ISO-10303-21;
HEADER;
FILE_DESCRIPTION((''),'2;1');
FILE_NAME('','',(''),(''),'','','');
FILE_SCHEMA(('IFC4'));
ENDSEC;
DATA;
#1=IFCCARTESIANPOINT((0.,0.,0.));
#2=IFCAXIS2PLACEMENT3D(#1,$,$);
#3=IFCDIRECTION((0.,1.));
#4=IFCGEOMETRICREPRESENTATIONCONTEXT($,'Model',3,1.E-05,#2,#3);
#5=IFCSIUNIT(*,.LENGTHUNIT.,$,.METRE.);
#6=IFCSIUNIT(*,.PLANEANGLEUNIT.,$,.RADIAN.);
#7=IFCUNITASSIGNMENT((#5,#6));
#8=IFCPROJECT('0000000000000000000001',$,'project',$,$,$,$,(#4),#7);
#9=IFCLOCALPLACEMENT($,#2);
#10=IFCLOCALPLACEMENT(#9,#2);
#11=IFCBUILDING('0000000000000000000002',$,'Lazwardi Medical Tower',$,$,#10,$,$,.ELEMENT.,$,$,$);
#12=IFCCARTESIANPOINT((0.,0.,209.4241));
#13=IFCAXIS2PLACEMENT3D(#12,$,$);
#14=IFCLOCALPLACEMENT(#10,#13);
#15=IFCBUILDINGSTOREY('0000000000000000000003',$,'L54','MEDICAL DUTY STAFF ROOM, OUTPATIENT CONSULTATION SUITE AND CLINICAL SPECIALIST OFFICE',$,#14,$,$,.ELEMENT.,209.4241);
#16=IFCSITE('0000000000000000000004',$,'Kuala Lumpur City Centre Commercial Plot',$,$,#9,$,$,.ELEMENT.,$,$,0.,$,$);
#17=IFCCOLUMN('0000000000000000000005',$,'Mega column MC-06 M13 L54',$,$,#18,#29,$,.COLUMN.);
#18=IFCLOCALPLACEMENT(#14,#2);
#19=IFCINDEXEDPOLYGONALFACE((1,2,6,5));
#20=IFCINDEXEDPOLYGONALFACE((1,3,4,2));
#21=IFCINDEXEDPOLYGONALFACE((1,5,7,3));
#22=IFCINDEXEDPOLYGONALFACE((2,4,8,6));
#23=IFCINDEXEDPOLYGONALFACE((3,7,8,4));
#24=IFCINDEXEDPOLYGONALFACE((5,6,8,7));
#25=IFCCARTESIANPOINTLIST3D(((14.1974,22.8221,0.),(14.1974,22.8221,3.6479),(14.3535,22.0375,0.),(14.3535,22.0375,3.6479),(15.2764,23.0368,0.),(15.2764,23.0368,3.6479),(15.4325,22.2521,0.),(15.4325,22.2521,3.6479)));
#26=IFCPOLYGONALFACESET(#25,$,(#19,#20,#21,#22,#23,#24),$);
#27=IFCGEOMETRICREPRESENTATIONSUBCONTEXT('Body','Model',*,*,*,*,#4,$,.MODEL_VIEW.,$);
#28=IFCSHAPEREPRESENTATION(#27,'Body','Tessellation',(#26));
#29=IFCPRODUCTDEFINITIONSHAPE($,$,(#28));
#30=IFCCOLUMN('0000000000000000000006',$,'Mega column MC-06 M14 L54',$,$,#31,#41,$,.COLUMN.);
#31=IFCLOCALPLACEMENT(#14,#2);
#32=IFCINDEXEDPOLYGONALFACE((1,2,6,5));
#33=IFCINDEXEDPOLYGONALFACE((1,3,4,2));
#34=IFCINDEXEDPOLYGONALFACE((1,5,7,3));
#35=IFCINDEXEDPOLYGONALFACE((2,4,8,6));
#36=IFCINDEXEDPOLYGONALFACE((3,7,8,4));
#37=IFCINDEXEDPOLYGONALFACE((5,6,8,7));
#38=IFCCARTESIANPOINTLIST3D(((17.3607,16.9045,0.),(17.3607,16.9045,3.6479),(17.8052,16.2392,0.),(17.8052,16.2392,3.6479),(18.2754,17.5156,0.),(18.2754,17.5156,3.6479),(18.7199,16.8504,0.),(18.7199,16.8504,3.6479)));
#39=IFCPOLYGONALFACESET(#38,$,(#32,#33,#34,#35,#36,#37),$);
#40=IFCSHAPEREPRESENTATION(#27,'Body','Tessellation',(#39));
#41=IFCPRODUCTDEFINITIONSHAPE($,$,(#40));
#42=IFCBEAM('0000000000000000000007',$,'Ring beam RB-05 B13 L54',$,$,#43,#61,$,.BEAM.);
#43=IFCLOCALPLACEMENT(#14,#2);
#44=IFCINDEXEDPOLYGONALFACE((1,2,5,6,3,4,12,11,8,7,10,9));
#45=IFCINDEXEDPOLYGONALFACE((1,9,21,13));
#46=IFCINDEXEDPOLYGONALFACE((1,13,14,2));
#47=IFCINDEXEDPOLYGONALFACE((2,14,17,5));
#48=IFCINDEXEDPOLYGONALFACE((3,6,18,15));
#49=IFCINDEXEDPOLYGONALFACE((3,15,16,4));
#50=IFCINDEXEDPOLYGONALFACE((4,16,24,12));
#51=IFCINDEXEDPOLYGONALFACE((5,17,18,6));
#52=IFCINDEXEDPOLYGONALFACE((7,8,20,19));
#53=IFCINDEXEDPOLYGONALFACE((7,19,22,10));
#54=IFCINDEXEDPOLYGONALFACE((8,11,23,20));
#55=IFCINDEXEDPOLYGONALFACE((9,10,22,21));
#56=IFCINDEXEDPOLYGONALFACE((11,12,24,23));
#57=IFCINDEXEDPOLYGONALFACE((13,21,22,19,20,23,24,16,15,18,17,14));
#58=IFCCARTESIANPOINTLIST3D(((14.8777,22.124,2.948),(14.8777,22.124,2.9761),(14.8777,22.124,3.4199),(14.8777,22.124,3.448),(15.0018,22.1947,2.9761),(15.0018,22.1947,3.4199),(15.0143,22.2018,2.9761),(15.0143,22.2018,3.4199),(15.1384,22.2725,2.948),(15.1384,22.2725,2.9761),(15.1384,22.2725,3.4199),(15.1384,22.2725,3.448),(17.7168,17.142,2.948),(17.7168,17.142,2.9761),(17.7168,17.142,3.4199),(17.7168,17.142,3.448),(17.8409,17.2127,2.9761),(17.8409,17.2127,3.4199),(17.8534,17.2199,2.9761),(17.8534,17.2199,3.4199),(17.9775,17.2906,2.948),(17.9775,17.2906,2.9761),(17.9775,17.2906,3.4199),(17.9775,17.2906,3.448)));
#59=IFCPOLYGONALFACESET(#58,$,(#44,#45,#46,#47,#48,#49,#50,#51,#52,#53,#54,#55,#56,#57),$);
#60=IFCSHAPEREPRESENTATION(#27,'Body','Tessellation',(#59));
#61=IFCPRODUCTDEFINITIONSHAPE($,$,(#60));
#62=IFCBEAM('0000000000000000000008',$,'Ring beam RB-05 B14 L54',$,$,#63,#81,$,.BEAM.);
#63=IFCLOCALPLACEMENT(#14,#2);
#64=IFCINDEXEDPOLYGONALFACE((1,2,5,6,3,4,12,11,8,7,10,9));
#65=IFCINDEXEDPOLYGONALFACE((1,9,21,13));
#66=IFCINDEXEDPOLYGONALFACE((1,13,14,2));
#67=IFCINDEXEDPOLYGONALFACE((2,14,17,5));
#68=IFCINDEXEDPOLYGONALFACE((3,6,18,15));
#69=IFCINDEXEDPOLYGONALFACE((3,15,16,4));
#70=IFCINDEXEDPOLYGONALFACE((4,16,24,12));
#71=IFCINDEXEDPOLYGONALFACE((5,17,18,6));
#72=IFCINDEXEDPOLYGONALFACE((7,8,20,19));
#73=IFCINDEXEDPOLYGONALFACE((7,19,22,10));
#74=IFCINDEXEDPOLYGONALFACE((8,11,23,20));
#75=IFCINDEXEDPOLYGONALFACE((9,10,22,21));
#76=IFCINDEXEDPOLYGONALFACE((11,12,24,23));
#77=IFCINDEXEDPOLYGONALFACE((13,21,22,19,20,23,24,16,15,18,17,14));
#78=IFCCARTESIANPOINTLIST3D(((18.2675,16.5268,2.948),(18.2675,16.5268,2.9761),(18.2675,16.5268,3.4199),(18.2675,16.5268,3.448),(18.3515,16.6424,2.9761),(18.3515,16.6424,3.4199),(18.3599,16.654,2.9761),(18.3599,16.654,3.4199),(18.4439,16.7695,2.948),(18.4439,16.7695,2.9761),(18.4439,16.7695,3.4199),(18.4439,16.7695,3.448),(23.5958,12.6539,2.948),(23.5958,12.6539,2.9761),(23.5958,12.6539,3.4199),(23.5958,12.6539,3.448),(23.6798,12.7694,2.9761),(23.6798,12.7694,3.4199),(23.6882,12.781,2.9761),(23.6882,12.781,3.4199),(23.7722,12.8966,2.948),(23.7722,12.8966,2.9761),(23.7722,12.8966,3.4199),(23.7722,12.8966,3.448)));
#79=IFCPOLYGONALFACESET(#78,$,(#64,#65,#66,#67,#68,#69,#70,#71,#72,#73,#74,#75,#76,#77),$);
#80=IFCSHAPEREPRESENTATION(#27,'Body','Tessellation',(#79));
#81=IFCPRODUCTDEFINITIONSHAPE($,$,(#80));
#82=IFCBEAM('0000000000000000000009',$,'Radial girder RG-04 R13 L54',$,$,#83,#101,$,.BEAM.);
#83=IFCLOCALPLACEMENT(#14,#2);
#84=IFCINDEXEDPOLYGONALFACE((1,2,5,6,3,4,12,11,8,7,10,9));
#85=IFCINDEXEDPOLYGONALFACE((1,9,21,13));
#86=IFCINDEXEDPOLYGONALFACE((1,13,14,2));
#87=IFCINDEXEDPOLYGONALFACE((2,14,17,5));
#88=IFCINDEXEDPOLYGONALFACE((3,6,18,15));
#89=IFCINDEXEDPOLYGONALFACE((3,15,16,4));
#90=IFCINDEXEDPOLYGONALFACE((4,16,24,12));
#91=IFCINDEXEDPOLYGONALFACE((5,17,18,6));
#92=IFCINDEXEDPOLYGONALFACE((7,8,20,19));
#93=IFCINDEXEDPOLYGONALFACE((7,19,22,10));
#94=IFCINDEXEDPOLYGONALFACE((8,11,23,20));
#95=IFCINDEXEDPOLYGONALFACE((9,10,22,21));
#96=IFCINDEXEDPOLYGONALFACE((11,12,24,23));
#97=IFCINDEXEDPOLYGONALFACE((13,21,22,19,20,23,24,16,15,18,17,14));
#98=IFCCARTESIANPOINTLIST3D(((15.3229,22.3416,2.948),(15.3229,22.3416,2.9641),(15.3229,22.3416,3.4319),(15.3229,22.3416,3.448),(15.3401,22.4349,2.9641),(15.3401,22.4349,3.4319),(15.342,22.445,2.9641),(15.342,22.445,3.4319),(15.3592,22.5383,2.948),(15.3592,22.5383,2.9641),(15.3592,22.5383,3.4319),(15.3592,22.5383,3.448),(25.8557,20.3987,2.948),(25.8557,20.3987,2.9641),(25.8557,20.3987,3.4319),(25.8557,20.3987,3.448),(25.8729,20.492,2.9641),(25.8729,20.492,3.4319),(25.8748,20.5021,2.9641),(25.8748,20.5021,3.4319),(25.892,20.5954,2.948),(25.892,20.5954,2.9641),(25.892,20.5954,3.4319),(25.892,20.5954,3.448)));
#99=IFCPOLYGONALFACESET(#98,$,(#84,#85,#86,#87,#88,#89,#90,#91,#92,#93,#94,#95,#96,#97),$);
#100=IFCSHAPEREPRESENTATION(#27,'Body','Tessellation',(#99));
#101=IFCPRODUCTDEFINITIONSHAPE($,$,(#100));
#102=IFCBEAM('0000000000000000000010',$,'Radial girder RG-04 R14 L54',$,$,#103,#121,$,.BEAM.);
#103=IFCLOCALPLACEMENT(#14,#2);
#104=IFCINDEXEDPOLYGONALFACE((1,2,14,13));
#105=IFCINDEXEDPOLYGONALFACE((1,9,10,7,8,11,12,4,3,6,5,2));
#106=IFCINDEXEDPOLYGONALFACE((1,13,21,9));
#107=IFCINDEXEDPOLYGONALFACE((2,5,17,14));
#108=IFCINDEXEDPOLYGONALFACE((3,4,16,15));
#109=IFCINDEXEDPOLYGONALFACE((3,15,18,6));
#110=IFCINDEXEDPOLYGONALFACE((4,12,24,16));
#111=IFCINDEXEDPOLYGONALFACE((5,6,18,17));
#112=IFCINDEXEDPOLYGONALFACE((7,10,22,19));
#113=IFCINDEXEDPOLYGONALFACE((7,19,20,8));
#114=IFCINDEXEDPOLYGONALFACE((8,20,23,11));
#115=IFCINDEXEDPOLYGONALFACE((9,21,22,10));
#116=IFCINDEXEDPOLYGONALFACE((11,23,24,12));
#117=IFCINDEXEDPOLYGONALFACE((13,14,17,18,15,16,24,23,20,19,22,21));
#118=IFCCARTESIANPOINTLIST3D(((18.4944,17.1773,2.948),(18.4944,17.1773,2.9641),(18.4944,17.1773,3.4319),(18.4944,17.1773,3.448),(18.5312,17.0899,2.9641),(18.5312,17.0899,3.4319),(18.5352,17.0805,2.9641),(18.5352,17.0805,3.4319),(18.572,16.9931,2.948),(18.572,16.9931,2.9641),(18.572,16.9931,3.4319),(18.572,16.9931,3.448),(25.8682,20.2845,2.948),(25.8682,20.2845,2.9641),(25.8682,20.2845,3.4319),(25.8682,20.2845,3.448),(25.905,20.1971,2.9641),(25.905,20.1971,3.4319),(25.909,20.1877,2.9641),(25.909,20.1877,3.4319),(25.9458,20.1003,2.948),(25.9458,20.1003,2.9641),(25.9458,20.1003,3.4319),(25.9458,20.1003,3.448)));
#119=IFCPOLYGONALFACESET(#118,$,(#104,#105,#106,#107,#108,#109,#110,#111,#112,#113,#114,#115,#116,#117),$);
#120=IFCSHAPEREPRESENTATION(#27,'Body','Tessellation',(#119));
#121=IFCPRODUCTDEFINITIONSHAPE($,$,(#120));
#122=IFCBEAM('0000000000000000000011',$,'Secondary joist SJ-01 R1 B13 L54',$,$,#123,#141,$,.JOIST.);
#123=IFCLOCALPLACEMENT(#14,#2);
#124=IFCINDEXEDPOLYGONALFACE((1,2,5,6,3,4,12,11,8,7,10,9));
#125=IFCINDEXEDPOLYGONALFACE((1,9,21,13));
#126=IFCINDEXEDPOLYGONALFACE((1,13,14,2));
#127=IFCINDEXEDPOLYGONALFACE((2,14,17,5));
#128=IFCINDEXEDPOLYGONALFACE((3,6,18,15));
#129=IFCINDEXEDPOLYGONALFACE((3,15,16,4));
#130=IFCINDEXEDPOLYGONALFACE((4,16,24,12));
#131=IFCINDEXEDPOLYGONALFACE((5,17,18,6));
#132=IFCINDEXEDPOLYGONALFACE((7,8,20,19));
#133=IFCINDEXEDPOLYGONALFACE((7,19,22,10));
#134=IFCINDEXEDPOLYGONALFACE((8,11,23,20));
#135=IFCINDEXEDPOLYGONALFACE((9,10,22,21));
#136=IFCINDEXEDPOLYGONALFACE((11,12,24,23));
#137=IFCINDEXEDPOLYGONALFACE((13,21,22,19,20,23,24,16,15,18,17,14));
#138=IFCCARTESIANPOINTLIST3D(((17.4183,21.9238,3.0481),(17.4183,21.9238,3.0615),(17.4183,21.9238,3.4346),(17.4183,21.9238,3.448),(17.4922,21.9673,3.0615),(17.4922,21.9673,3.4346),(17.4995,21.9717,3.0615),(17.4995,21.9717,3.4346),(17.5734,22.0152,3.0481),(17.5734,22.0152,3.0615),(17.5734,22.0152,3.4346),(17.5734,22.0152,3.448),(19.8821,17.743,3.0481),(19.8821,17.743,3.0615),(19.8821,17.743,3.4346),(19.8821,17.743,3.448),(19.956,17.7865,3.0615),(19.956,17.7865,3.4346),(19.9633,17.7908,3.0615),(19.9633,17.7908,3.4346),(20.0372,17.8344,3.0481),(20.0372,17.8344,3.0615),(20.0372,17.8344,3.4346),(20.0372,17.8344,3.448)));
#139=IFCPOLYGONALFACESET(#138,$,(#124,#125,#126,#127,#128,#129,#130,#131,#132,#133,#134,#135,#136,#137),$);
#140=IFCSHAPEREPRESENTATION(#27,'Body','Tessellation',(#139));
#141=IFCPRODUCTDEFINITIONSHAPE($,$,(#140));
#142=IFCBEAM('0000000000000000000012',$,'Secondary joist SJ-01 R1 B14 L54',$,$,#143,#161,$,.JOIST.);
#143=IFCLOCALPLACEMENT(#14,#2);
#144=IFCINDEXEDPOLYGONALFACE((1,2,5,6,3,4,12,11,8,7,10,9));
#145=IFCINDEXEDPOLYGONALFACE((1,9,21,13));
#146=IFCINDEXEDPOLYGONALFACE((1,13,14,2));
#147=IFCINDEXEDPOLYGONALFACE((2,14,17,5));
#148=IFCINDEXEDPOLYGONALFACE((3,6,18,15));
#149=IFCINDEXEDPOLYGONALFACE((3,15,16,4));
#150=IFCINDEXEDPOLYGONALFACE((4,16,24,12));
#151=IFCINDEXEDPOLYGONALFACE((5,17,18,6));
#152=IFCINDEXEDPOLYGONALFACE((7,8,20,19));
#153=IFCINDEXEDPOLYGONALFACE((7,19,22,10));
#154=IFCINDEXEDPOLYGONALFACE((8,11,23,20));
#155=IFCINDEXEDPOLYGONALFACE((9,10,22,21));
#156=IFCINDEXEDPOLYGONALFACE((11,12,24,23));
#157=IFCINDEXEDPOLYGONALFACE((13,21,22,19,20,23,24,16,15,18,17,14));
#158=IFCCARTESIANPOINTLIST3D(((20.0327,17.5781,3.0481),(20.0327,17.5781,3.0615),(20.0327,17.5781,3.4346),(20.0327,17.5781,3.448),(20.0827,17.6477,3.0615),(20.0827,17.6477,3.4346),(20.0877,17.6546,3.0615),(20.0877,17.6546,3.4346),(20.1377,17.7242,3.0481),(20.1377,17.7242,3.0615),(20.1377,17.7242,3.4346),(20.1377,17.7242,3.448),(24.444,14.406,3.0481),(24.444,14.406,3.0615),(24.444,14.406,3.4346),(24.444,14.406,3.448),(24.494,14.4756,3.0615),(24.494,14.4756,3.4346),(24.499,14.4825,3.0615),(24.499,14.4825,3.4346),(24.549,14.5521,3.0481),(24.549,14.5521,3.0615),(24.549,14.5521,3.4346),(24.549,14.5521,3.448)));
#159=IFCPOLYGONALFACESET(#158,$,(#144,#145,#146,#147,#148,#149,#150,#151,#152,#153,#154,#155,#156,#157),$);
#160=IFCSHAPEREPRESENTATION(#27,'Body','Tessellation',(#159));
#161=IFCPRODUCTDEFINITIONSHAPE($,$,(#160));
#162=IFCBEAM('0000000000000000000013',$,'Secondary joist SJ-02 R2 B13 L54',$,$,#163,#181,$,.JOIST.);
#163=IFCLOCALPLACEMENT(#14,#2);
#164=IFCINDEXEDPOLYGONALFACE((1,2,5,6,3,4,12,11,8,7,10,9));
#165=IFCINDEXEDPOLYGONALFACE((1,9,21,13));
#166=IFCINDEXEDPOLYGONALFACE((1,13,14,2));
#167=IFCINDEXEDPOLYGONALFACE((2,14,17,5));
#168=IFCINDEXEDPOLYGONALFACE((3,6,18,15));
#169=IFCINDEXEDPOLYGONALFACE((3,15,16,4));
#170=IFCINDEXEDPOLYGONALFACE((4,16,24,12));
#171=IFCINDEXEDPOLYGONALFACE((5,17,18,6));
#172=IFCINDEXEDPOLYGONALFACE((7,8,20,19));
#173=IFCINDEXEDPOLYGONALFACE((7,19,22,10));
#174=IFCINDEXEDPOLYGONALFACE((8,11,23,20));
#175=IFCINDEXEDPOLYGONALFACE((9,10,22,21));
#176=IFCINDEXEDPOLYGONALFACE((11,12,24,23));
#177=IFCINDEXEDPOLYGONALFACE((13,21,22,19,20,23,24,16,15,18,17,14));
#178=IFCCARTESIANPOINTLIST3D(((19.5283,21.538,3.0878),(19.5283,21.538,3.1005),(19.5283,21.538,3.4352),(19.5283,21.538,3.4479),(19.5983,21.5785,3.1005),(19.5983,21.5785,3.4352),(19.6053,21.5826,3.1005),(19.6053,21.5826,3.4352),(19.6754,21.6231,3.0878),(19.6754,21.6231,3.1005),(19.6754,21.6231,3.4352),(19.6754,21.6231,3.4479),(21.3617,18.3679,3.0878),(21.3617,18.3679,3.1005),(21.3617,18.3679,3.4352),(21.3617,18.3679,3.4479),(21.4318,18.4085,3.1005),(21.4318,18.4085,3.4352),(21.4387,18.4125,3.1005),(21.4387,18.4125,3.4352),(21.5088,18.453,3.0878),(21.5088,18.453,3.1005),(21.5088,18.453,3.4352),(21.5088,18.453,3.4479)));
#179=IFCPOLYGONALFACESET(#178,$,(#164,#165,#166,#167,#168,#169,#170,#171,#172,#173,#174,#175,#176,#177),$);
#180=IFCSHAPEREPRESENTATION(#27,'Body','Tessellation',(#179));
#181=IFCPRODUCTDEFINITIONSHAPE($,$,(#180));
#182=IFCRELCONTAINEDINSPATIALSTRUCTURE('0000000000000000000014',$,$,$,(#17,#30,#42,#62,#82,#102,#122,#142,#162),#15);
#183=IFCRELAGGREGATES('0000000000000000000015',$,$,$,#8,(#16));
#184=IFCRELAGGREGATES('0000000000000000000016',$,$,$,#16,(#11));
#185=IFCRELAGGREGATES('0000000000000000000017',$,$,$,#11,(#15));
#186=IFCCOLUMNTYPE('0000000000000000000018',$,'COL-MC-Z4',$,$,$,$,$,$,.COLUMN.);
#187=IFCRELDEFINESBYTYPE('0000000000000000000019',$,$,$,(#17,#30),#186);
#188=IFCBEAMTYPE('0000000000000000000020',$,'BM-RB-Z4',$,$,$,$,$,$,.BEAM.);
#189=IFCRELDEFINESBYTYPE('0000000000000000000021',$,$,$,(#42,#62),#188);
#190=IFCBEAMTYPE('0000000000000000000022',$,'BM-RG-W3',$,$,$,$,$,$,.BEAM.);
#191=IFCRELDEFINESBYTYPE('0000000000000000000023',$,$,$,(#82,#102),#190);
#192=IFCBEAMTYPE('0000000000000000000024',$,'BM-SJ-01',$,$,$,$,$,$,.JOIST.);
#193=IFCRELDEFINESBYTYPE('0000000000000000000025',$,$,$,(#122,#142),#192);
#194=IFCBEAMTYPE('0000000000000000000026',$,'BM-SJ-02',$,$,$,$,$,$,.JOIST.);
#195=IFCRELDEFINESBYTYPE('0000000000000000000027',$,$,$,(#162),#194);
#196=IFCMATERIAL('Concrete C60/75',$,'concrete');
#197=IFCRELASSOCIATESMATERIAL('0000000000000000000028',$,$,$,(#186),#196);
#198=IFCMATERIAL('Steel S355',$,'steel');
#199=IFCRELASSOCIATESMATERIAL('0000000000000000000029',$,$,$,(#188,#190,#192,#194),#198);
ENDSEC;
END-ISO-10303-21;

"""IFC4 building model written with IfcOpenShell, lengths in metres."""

from ifc_helpers import new_model, si_unit, direction, frame, origin, origin_2d, place, context, subcontext, project, spatial, rectangle, i_section, extrude, material, material_profile, profile_set, type_object, element, save


model = new_model("IFC4")

# Units and contexts
model_context = context("Model", 3, precision=1e-05, world=origin(), true_north=direction((0.0, 1.0)))
body_context = subcontext(model_context, "Body", "Model", "MODEL_VIEW")
ifc_project = project(units=[si_unit("LENGTHUNIT", "METRE"), si_unit("PLANEANGLEUNIT", "RADIAN")], contexts=[model_context])

# Site, building, storey
site_placement = place(None, origin())
site = spatial("IfcSite", under=ifc_project, at=site_placement, Name="Kuala Lumpur City Centre Commercial Plot", CompositionType="ELEMENT", RefElevation=0.0)
building_placement = place(site_placement, origin())
building = spatial("IfcBuilding", under=site, at=building_placement, Name="Lazwardi Medical Tower", CompositionType="ELEMENT")
storey_placement = place(building_placement, frame((0.0, 0.0, 209.4241)))
storey = spatial("IfcBuildingStorey", under=building, at=storey_placement, Name="L54", Description="MEDICAL DUTY STAFF ROOM, OUTPATIENT CONSULTATION SUITE AND CLINICAL SPECIALIST OFFICE", CompositionType="ELEMENT", Elevation=209.4241)

# Columns
ifc_material_1 = material(Name="Concrete C60/75", Category="concrete")
ifc_material_profile_1 = material_profile(ifc_material_1, rectangle(XDim=1.1001, YDim=0.8, at=origin_2d()), Name="CFT-RECT 1100x800")
ifc_profile_set_1 = profile_set([ifc_material_profile_1], Name="Concrete C60/75")
column_type = type_object("IfcColumnType", Name="COL-MC-Z4", PredefinedType="COLUMN", material=ifc_profile_set_1)
for number, where, z_axis, x_axis, name in (
    (1, (14.8149, 22.5371, 0.0), (0.0, 0.0, 1.0), (-0.980785, -0.19509, 0.0), "Mega column MC-06 M13 L54"),
    (2, (18.0403, 16.8774, 0.0), (0.0, 0.0, 1.0), (-0.83147, -0.55557, 0.0), "Mega column MC-06 M14 L54"),
):
    element("IfcColumn", number, at=place(storey_placement, frame(where, z_axis=z_axis, x_axis=x_axis)), inside=storey, type_object=column_type, Name=name, PredefinedType="COLUMN", context=body_context, shape_type="SweptSolid", body=[
        extrude(rectangle(XDim=1.1001, YDim=0.8, at=origin_2d()), origin(), (0.0, 0.0, 1.0), 3.6479),
    ])

# Beams
ifc_material_2 = material(Name="Steel S355", Category="steel")
ifc_material_profile_2 = material_profile(ifc_material_2, i_section(OverallWidth=0.3, OverallDepth=0.5, WebThickness=0.0144, FlangeThickness=0.0281, at=origin_2d()), Name="HEB 500")
ifc_profile_set_2 = profile_set([ifc_material_profile_2], Name="Steel S355")
beam_type_1 = type_object("IfcBeamType", Name="BM-RB-Z4", PredefinedType="BEAM", material=ifc_profile_set_2)
beam_1_placement = place(storey_placement, frame((15.0081, 22.1982, 3.198), z_axis=(0.495125, -0.868822, 0.0), x_axis=(0.868822, 0.495125, 0.0)))
element("IfcBeam", 3, at=beam_1_placement, inside=storey, type_object=beam_type_1, Name="Ring beam RB-05 B13 L54", PredefinedType="BEAM", context=body_context, shape_type="SweptSolid", body=[
    extrude(i_section(OverallWidth=0.3, OverallDepth=0.5, WebThickness=0.0144, FlangeThickness=0.0281, at=origin_2d()), origin(), (0.0, 0.0, 1.0), 5.7341),
])
beam_2_placement = place(storey_placement, frame((18.3557, 16.6482, 3.198), z_axis=(0.80889, -0.58796, 0.0), x_axis=(0.58796, 0.80889, 0.0)))
element("IfcBeam", 4, at=beam_2_placement, inside=storey, type_object=beam_type_1, Name="Ring beam RB-05 B14 L54", PredefinedType="BEAM", context=body_context, shape_type="SweptSolid", body=[
    extrude(i_section(OverallWidth=0.3, OverallDepth=0.5, WebThickness=0.0144, FlangeThickness=0.0281, at=origin_2d()), origin(), (0.0, 0.0, 1.0), 6.5872),
])
ifc_material_profile_3 = material_profile(ifc_material_2, i_section(OverallWidth=0.2, OverallDepth=0.5, WebThickness=0.0103, FlangeThickness=0.0161, at=origin_2d()), Name="IPE 500")
ifc_profile_set_3 = profile_set([ifc_material_profile_3], Name="Steel S355")
beam_type_2 = type_object("IfcBeamType", Name="BM-RG-W3", PredefinedType="BEAM", material=ifc_profile_set_3)
beam_3_placement = place(storey_placement, frame((15.3411, 22.4399, 3.198), z_axis=(0.983409, -0.1814, 0.0), x_axis=(0.1814, 0.983409, 0.0)))
element("IfcBeam", 5, at=beam_3_placement, inside=storey, type_object=beam_type_2, Name="Radial girder RG-04 R13 L54", PredefinedType="BEAM", context=body_context, shape_type="SweptSolid", body=[
    extrude(i_section(OverallWidth=0.2, OverallDepth=0.5, WebThickness=0.0103, FlangeThickness=0.0161, at=origin_2d()), origin(), (0.0, 0.0, 1.0), 10.7104),
])
beam_4_placement = place(storey_placement, frame((18.5332, 17.0852, 3.198), z_axis=(0.921527, 0.388315, 0.0), x_axis=(-0.388315, 0.921527, 0.0)))
element("IfcBeam", 6, at=beam_4_placement, inside=storey, type_object=beam_type_2, Name="Radial girder RG-04 R14 L54", PredefinedType="BEAM", context=body_context, shape_type="SweptSolid", body=[
    extrude(i_section(OverallWidth=0.2, OverallDepth=0.5, WebThickness=0.0103, FlangeThickness=0.0161, at=origin_2d()), origin(), (0.0, 0.0, 1.0), 8.0017),
])
ifc_material_profile_4 = material_profile(ifc_material_2, i_section(OverallWidth=0.1799, OverallDepth=0.3999, WebThickness=0.0085, FlangeThickness=0.0134, at=origin_2d()), Name="IPE 400")
ifc_profile_set_4 = profile_set([ifc_material_profile_4], Name="Steel S355")
beam_type_3 = type_object("IfcBeamType", Name="BM-SJ-01", PredefinedType="JOIST", material=ifc_profile_set_4)
beam_5_placement = place(storey_placement, frame((17.4958, 21.9695, 3.248), z_axis=(0.50771, -0.861528, 0.0), x_axis=(0.861528, 0.50771, 0.0)))
element("IfcBeam", 7, at=beam_5_placement, inside=storey, type_object=beam_type_3, Name="Secondary joist SJ-01 R1 B13 L54", PredefinedType="JOIST", context=body_context, shape_type="SweptSolid", body=[
    extrude(i_section(OverallWidth=0.1799, OverallDepth=0.3999, WebThickness=0.0085, FlangeThickness=0.0134, at=origin_2d()), origin(), (0.0, 0.0, 1.0), 4.8528),
])
beam_6_placement = place(storey_placement, frame((20.0852, 17.6511, 3.248), z_axis=(0.81189, -0.583811, 0.0), x_axis=(0.583811, 0.81189, 0.0)))
element("IfcBeam", 8, at=beam_6_placement, inside=storey, type_object=beam_type_3, Name="Secondary joist SJ-01 R1 B14 L54", PredefinedType="JOIST", context=body_context, shape_type="SweptSolid", body=[
    extrude(i_section(OverallWidth=0.1799, OverallDepth=0.3999, WebThickness=0.0085, FlangeThickness=0.0134, at=origin_2d()), origin(), (0.0, 0.0, 1.0), 5.4333),
])
ifc_material_profile_5 = material_profile(ifc_material_2, i_section(OverallWidth=0.1699, OverallDepth=0.3601, WebThickness=0.0081, FlangeThickness=0.0127, at=origin_2d()), Name="IPE 360")
ifc_profile_set_5 = profile_set([ifc_material_profile_5], Name="Steel S355")
beam_type_4 = type_object("IfcBeamType", Name="BM-SJ-02", PredefinedType="JOIST", material=ifc_profile_set_5)
beam_7_placement = place(storey_placement, frame((19.6018, 21.5806, 3.2678), z_axis=(0.500655, -0.865647, 0.0), x_axis=(0.865647, 0.500655, 0.0)))
element("IfcBeam", 9, at=beam_7_placement, inside=storey, type_object=beam_type_4, Name="Secondary joist SJ-02 R2 B13 L54", PredefinedType="JOIST", context=body_context, shape_type="SweptSolid", body=[
    extrude(i_section(OverallWidth=0.1699, OverallDepth=0.3601, WebThickness=0.0081, FlangeThickness=0.0127, at=origin_2d()), origin(), (0.0, 0.0, 1.0), 3.6621),
])

save(model, "model.ifc")
